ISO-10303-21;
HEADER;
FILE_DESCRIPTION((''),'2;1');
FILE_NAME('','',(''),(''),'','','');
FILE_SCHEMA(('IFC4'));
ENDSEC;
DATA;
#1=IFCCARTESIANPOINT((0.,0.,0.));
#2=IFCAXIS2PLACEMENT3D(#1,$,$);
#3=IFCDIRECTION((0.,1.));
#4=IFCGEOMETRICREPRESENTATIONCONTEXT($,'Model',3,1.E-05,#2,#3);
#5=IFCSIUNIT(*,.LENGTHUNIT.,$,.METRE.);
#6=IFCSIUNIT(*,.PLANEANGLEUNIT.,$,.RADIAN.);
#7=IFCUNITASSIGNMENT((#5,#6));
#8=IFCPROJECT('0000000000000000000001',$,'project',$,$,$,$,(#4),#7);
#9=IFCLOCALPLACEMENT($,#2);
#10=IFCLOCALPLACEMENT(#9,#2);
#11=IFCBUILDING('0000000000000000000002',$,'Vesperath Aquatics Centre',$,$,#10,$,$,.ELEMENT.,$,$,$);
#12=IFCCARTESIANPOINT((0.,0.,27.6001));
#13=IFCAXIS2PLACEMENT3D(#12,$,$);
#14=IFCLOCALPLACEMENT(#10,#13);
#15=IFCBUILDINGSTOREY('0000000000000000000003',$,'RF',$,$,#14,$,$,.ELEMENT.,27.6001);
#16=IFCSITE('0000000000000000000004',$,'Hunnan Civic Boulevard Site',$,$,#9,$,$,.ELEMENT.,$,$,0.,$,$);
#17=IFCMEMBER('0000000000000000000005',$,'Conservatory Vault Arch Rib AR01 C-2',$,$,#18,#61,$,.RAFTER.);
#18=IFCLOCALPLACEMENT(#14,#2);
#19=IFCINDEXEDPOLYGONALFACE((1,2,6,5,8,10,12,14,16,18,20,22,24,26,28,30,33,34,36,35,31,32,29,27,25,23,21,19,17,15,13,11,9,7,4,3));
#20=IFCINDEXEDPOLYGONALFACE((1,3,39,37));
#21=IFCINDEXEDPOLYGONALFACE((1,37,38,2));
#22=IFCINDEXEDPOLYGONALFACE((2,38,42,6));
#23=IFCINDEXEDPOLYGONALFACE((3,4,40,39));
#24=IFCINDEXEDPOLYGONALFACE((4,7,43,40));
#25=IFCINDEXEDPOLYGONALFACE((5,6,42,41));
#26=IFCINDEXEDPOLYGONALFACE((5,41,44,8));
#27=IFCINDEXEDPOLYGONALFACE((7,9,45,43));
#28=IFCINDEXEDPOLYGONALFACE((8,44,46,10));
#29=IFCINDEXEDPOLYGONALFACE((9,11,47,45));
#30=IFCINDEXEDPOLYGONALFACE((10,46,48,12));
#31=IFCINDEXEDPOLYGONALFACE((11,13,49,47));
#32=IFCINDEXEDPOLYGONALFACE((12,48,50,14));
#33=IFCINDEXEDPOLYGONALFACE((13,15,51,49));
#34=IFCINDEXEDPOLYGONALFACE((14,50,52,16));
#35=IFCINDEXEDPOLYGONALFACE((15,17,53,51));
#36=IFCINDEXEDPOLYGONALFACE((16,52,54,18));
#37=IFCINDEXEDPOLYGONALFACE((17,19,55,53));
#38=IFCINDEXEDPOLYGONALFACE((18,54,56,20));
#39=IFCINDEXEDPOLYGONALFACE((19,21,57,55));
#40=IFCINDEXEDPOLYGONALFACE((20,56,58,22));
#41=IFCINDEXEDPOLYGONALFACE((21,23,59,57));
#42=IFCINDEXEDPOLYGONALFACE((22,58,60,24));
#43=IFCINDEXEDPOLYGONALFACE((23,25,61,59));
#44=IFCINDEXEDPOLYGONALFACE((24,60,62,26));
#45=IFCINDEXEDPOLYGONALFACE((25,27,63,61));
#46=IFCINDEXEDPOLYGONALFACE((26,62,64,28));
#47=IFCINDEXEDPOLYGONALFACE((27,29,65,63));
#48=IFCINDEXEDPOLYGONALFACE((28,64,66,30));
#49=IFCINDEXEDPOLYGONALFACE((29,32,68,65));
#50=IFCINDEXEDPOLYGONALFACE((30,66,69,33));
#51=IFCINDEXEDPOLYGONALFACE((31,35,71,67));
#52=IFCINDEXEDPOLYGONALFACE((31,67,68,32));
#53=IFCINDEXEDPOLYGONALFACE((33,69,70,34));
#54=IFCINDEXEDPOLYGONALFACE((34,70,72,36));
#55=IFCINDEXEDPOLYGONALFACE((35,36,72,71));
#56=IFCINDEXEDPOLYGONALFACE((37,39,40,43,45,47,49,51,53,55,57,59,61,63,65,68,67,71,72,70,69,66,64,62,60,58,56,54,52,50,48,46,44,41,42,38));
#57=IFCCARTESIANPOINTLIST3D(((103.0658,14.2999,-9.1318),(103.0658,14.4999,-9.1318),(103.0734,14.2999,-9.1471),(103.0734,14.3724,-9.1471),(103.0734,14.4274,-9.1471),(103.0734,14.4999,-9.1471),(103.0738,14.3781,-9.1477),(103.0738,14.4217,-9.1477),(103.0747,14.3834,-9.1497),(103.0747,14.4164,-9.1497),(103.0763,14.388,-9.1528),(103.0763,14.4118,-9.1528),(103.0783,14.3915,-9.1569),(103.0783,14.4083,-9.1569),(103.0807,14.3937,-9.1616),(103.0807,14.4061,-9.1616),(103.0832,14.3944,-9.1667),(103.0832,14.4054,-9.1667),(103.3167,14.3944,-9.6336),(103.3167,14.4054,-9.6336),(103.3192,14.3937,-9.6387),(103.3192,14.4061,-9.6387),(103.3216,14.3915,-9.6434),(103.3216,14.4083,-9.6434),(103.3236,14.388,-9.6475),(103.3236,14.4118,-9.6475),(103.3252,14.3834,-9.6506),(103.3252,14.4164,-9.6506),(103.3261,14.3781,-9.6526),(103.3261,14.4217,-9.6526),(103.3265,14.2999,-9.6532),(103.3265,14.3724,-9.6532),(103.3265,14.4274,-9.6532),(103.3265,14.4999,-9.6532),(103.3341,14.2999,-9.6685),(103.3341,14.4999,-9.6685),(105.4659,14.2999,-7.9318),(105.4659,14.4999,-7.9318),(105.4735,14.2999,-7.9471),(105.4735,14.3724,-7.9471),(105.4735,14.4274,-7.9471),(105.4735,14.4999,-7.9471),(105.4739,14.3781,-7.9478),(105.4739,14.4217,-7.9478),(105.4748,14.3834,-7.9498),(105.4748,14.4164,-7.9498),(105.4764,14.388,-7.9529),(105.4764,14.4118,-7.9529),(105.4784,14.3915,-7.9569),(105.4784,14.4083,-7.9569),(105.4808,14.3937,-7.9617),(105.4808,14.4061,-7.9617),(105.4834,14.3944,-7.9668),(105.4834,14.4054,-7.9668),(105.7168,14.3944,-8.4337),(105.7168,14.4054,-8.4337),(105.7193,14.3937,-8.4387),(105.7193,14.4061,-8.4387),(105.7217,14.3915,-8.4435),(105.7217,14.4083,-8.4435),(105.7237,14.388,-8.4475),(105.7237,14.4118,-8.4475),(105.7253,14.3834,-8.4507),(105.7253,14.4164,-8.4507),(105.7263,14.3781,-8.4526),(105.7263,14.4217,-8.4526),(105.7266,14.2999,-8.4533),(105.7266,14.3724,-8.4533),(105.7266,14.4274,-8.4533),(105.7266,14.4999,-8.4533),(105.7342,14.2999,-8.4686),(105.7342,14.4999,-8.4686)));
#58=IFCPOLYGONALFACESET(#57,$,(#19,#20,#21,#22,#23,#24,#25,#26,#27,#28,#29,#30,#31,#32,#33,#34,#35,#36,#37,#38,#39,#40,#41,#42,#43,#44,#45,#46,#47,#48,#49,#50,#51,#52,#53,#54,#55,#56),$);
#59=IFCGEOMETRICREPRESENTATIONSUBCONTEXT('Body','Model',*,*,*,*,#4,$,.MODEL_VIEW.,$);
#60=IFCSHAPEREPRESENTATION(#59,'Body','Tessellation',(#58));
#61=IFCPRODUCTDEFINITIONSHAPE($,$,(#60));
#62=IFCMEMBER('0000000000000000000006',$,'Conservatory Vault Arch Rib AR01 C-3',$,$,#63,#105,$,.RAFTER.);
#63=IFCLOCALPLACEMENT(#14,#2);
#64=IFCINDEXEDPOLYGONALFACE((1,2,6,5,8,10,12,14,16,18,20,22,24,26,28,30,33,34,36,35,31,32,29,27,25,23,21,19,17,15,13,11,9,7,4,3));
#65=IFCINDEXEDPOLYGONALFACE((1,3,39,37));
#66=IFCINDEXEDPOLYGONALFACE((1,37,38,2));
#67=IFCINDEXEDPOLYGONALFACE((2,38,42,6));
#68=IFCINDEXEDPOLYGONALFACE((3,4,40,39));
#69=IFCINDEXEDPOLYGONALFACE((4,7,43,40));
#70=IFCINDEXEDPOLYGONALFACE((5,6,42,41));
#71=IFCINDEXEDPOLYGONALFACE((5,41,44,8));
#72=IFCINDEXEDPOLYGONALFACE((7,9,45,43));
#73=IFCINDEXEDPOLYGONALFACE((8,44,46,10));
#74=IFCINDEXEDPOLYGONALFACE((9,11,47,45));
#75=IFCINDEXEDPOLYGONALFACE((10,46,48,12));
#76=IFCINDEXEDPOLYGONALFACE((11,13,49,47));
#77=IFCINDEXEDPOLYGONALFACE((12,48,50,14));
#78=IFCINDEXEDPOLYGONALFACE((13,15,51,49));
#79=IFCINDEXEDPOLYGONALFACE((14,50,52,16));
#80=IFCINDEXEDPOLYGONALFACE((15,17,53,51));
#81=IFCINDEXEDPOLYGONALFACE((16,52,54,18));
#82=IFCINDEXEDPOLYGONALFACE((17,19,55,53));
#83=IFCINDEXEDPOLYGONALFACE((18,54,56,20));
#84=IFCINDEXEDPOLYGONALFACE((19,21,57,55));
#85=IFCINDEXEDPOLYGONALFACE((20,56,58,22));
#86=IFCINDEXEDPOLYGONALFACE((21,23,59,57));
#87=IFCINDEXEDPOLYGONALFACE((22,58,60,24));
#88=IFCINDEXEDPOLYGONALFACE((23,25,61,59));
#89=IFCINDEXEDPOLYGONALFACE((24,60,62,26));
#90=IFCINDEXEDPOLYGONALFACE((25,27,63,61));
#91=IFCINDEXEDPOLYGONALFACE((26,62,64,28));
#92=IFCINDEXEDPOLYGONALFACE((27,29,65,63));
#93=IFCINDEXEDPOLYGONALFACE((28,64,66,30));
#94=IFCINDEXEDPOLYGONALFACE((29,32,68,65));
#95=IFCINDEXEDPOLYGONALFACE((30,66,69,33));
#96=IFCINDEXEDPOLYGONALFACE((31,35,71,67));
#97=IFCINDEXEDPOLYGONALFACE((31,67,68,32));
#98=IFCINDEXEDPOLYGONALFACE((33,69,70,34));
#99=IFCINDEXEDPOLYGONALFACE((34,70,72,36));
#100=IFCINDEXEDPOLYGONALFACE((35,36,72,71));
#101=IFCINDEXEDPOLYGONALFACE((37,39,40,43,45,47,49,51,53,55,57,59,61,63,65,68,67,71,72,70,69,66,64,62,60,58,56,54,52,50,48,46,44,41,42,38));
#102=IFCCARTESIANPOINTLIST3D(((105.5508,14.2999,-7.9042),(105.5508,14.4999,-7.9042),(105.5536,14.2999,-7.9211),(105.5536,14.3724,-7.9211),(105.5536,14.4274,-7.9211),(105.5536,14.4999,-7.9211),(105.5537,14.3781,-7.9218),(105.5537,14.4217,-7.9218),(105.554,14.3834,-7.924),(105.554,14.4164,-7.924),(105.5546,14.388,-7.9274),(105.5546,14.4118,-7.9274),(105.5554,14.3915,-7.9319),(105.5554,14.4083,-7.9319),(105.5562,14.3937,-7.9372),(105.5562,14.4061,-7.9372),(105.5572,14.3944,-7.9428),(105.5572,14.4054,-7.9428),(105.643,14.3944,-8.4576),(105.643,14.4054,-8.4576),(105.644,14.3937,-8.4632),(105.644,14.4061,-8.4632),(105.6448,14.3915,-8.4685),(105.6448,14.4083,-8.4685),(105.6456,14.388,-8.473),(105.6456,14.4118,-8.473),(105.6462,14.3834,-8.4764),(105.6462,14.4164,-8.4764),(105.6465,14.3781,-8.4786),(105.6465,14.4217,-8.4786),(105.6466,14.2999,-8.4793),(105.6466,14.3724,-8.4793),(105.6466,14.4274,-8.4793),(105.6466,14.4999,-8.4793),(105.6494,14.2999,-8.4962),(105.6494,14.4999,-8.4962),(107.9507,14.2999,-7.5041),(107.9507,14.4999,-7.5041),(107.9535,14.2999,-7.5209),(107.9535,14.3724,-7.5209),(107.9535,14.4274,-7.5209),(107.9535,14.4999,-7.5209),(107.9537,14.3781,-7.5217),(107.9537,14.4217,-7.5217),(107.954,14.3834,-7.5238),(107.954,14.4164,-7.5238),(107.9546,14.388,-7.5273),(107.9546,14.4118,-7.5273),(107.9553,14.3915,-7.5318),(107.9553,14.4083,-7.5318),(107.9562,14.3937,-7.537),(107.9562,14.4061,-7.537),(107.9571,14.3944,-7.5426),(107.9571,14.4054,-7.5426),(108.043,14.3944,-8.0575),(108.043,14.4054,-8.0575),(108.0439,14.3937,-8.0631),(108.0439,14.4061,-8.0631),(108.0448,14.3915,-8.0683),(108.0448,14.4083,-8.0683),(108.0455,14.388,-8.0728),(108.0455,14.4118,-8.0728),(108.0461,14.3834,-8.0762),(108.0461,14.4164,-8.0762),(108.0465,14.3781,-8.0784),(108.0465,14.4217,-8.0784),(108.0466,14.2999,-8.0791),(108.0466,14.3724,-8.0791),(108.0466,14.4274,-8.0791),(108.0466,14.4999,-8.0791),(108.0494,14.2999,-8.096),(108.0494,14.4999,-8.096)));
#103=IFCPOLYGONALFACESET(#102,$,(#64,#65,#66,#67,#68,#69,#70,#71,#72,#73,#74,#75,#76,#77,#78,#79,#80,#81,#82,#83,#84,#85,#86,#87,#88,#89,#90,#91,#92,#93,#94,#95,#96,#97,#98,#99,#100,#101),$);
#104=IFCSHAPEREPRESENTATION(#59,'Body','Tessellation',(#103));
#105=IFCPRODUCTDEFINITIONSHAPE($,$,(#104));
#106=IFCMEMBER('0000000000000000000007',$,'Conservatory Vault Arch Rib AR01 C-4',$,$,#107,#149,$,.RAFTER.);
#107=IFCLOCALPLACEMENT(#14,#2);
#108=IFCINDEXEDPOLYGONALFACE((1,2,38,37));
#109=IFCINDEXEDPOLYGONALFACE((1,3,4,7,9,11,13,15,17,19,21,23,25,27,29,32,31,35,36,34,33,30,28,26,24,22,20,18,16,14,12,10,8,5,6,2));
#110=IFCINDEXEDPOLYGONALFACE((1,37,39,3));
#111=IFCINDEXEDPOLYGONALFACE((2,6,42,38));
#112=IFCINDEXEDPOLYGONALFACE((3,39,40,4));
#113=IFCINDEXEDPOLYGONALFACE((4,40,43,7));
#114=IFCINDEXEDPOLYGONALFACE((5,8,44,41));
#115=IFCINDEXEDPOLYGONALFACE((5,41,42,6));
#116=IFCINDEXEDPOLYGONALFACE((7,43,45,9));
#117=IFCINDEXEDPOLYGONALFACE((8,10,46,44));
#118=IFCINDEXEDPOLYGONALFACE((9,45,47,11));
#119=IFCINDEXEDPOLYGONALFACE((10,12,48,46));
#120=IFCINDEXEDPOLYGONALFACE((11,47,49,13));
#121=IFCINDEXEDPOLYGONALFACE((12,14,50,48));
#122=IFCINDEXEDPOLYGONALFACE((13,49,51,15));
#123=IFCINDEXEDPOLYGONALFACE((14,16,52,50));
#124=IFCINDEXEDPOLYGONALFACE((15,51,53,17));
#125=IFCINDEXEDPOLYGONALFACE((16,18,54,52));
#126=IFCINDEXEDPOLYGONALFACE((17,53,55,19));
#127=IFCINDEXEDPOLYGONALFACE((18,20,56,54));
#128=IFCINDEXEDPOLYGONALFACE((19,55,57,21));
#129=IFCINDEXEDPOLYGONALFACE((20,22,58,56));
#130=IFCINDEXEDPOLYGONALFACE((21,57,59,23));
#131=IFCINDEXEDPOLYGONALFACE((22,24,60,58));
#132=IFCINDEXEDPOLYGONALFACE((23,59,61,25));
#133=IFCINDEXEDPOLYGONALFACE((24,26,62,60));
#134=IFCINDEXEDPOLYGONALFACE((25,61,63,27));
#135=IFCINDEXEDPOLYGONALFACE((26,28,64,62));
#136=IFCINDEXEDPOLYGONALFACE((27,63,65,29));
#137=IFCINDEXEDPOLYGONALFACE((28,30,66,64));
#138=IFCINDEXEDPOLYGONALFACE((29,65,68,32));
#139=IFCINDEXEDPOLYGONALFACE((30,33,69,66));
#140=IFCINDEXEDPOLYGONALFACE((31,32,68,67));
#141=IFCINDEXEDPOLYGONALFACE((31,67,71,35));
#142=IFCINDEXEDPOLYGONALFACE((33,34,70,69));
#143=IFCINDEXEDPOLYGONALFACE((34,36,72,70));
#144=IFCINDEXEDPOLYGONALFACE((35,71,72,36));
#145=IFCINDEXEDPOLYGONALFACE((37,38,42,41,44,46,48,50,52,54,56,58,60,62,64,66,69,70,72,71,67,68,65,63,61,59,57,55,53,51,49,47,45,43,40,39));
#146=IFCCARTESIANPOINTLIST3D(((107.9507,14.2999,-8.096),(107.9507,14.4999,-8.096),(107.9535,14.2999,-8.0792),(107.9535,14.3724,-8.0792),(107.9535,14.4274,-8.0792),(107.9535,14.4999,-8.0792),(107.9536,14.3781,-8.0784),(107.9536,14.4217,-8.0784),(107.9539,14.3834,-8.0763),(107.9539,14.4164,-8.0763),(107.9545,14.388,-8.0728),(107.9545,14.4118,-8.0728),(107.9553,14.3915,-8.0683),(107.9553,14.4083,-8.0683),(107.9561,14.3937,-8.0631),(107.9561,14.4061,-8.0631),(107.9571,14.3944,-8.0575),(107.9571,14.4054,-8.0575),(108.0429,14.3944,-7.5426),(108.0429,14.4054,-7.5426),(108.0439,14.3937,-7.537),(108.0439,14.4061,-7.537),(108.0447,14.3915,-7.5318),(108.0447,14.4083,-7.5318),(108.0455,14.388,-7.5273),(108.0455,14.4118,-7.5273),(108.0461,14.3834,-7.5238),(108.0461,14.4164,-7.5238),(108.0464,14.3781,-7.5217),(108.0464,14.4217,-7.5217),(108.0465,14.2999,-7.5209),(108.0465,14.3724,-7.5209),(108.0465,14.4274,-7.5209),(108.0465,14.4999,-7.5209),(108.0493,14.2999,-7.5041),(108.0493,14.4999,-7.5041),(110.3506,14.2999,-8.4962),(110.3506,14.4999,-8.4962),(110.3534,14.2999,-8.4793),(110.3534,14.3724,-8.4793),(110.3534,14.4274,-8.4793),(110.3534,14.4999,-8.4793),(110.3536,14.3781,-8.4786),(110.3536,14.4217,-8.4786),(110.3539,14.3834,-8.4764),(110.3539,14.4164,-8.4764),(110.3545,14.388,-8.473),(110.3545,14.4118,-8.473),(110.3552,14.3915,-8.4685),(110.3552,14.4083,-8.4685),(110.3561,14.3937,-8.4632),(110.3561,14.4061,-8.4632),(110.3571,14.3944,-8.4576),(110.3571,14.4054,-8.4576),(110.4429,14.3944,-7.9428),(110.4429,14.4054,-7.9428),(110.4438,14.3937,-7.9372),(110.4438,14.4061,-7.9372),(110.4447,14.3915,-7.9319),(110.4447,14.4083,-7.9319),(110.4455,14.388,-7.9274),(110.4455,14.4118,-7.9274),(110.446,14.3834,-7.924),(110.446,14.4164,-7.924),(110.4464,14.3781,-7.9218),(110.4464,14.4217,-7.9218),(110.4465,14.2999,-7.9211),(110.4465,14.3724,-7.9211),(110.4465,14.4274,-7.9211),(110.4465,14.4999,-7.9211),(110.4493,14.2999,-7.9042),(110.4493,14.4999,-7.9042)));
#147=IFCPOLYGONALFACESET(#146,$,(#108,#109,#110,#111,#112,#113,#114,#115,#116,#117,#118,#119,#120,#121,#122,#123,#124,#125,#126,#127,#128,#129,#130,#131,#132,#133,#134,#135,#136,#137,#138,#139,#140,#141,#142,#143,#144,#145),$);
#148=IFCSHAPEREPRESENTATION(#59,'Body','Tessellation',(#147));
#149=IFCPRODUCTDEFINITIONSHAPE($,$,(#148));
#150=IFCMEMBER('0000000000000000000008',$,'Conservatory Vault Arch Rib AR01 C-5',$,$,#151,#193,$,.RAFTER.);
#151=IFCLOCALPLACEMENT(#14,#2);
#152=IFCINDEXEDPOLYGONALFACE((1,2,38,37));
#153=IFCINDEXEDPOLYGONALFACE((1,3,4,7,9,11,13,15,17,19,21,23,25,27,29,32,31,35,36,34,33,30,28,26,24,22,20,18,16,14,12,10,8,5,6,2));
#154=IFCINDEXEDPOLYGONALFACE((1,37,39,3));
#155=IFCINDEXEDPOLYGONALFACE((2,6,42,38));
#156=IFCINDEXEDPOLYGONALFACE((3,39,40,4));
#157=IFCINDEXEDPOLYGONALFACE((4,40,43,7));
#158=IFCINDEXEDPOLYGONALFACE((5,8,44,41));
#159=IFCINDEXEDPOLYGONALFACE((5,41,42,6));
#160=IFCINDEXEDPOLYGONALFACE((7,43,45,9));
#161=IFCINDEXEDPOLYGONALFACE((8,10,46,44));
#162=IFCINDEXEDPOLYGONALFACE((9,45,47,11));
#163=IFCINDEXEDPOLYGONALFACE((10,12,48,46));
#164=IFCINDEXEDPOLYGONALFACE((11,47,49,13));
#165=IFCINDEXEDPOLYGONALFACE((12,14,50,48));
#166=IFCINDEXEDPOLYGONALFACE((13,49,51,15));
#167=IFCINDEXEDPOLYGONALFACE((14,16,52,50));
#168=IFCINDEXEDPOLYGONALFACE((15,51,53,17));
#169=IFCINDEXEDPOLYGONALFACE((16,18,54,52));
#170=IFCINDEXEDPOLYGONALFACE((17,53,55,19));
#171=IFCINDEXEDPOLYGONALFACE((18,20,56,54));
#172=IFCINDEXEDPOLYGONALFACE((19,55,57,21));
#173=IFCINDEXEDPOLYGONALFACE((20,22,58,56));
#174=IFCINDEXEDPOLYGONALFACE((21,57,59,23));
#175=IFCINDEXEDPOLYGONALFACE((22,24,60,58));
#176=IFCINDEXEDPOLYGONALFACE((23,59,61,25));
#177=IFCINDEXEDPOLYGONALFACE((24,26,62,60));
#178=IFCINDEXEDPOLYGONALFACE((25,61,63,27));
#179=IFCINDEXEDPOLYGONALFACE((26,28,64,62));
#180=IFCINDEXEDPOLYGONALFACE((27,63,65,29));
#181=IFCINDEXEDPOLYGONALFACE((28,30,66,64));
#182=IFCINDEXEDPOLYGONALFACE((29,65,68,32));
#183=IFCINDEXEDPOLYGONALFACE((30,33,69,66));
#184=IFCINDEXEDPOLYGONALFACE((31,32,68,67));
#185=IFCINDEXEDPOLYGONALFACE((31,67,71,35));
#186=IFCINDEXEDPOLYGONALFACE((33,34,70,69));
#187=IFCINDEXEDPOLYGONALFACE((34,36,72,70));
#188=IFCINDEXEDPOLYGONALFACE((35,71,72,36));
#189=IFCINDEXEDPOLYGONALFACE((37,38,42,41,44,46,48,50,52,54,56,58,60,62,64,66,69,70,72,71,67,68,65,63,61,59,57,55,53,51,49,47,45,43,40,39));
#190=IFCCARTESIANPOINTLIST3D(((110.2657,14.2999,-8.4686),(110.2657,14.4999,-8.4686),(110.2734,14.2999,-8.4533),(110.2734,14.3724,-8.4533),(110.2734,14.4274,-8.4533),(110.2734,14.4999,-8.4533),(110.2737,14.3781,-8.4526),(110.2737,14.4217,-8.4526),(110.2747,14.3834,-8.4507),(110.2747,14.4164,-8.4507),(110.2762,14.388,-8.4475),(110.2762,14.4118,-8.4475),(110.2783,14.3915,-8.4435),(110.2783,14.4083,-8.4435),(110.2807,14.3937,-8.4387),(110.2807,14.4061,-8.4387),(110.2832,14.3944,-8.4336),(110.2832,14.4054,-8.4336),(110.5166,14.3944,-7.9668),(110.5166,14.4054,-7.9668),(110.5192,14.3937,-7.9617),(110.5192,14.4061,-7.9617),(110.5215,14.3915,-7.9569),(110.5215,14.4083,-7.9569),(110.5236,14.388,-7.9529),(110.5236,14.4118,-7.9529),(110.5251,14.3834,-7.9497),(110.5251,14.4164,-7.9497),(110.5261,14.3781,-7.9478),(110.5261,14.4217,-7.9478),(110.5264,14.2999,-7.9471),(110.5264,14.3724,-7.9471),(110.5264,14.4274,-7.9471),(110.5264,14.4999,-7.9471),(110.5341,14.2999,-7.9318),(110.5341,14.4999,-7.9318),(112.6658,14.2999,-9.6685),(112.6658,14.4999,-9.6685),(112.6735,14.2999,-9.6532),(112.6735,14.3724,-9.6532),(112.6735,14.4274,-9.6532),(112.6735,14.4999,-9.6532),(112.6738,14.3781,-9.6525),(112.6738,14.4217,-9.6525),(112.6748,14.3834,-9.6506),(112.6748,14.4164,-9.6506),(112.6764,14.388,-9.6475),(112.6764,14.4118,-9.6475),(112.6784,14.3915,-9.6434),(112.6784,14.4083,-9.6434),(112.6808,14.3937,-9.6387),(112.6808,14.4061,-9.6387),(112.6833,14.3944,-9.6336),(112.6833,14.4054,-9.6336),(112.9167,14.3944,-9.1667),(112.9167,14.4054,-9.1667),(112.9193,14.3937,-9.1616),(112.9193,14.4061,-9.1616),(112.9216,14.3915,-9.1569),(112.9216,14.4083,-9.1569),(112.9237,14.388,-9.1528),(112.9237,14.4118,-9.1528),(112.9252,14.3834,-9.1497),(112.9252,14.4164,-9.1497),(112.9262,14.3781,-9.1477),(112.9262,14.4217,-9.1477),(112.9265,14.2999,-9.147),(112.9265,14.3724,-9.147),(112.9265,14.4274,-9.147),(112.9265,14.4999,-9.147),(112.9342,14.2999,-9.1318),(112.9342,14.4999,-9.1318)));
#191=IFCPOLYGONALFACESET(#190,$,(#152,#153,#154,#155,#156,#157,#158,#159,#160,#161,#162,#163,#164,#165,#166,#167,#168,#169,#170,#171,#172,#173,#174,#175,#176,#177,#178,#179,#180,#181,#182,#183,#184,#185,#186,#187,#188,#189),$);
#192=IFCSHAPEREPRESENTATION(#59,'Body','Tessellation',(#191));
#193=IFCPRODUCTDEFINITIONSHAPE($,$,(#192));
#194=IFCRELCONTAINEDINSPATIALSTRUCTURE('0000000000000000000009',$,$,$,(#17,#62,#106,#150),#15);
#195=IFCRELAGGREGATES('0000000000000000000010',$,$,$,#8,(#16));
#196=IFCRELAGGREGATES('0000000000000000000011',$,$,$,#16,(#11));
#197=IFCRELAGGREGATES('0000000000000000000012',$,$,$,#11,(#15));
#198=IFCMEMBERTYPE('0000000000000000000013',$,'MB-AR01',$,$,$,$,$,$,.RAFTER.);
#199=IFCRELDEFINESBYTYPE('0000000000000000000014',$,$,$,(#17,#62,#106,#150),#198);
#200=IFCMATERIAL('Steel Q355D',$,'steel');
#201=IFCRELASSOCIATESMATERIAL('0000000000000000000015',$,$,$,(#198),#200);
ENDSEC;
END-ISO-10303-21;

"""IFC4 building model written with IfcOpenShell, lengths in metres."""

from ifc_helpers import new_model, si_unit, direction, frame, origin, origin_2d, place, context, subcontext, project, spatial, i_section, extrude, material, material_profile, profile_set, type_object, element, save


model = new_model("IFC4")

# Units and contexts
model_context = context("Model", 3, precision=1e-05, world=origin(), true_north=direction((0.0, 1.0)))
body_context = subcontext(model_context, "Body", "Model", "MODEL_VIEW")
ifc_project = project(units=[si_unit("LENGTHUNIT", "METRE"), si_unit("PLANEANGLEUNIT", "RADIAN")], contexts=[model_context])

# Site, building, storey
site_placement = place(None, origin())
site = spatial("IfcSite", under=ifc_project, at=site_placement, Name="Hunnan Civic Boulevard Site", CompositionType="ELEMENT", RefElevation=0.0)
building_placement = place(site_placement, origin())
building = spatial("IfcBuilding", under=site, at=building_placement, Name="Vesperath Aquatics Centre", CompositionType="ELEMENT")
storey_placement = place(building_placement, frame((0.0, 0.0, 27.6001)))
storey = spatial("IfcBuildingStorey", under=building, at=storey_placement, Name="RF", CompositionType="ELEMENT", Elevation=27.6001)

# Members
ifc_material_1 = material(Name="Steel Q355D", Category="steel")
ifc_material_profile_1 = material_profile(ifc_material_1, i_section(OverallWidth=0.2, OverallDepth=0.6001, WebThickness=0.011, FlangeThickness=0.0171, FilletRadius=0.022, at=origin_2d()), Name="HN 600x200x11x17")
ifc_profile_set_1 = profile_set([ifc_material_profile_1], Name="Steel Q355D")
member_type_1 = type_object("IfcMemberType", Name="MB-AR01", PredefinedType="RAFTER", material=ifc_profile_set_1)
for number, where, z_axis, x_axis, name in (
    (1, (103.2, 14.3999, -9.4001), (0.894445, 0.0, 0.447177), (0.0, 1.0, 0.0), "Conservatory Vault Arch Rib AR01 C-2"),
):
    element("IfcMember", number, at=place(storey_placement, frame(where, z_axis=z_axis, x_axis=x_axis)), inside=storey, type_object=member_type_1, Name=name, PredefinedType="RAFTER", context=body_context, shape_type="SweptSolid", body=[
        extrude(i_section(OverallWidth=0.2, OverallDepth=0.6001, WebThickness=0.011, FlangeThickness=0.0171, FilletRadius=0.022, at=origin_2d()), origin(), (0.0, 0.0, 1.0), 2.6833),
    ])
for number, where, z_axis, x_axis, name in (
    (2, (105.6001, 14.3999, -8.2002), (0.986383, 0.0, 0.164464), (0.0, 1.0, 0.0), "Conservatory Vault Arch Rib AR01 C-3"),
    (3, (108.0, 14.3999, -7.8), (0.986383, 0.0, -0.164464), (0.0, 1.0, 0.0), "Conservatory Vault Arch Rib AR01 C-4"),
):
    element("IfcMember", number, at=place(storey_placement, frame(where, z_axis=z_axis, x_axis=x_axis)), inside=storey, type_object=member_type_1, Name=name, PredefinedType="RAFTER", context=body_context, shape_type="SweptSolid", body=[
        extrude(i_section(OverallWidth=0.2, OverallDepth=0.6001, WebThickness=0.011, FlangeThickness=0.0171, FilletRadius=0.022, at=origin_2d()), origin(), (0.0, 0.0, 1.0), 2.4331),
    ])
member_1_placement = place(storey_placement, frame((110.3999, 14.3999, -8.2002), z_axis=(0.894445, 0.0, -0.447177), x_axis=(0.0, 1.0, 0.0)))
element("IfcMember", 4, at=member_1_placement, inside=storey, type_object=member_type_1, Name="Conservatory Vault Arch Rib AR01 C-5", PredefinedType="RAFTER", context=body_context, shape_type="SweptSolid", body=[
    extrude(i_section(OverallWidth=0.2, OverallDepth=0.6001, WebThickness=0.011, FlangeThickness=0.0171, FilletRadius=0.022, at=origin_2d()), origin(), (0.0, 0.0, 1.0), 2.6833),
])

save(model, "model.ifc")
